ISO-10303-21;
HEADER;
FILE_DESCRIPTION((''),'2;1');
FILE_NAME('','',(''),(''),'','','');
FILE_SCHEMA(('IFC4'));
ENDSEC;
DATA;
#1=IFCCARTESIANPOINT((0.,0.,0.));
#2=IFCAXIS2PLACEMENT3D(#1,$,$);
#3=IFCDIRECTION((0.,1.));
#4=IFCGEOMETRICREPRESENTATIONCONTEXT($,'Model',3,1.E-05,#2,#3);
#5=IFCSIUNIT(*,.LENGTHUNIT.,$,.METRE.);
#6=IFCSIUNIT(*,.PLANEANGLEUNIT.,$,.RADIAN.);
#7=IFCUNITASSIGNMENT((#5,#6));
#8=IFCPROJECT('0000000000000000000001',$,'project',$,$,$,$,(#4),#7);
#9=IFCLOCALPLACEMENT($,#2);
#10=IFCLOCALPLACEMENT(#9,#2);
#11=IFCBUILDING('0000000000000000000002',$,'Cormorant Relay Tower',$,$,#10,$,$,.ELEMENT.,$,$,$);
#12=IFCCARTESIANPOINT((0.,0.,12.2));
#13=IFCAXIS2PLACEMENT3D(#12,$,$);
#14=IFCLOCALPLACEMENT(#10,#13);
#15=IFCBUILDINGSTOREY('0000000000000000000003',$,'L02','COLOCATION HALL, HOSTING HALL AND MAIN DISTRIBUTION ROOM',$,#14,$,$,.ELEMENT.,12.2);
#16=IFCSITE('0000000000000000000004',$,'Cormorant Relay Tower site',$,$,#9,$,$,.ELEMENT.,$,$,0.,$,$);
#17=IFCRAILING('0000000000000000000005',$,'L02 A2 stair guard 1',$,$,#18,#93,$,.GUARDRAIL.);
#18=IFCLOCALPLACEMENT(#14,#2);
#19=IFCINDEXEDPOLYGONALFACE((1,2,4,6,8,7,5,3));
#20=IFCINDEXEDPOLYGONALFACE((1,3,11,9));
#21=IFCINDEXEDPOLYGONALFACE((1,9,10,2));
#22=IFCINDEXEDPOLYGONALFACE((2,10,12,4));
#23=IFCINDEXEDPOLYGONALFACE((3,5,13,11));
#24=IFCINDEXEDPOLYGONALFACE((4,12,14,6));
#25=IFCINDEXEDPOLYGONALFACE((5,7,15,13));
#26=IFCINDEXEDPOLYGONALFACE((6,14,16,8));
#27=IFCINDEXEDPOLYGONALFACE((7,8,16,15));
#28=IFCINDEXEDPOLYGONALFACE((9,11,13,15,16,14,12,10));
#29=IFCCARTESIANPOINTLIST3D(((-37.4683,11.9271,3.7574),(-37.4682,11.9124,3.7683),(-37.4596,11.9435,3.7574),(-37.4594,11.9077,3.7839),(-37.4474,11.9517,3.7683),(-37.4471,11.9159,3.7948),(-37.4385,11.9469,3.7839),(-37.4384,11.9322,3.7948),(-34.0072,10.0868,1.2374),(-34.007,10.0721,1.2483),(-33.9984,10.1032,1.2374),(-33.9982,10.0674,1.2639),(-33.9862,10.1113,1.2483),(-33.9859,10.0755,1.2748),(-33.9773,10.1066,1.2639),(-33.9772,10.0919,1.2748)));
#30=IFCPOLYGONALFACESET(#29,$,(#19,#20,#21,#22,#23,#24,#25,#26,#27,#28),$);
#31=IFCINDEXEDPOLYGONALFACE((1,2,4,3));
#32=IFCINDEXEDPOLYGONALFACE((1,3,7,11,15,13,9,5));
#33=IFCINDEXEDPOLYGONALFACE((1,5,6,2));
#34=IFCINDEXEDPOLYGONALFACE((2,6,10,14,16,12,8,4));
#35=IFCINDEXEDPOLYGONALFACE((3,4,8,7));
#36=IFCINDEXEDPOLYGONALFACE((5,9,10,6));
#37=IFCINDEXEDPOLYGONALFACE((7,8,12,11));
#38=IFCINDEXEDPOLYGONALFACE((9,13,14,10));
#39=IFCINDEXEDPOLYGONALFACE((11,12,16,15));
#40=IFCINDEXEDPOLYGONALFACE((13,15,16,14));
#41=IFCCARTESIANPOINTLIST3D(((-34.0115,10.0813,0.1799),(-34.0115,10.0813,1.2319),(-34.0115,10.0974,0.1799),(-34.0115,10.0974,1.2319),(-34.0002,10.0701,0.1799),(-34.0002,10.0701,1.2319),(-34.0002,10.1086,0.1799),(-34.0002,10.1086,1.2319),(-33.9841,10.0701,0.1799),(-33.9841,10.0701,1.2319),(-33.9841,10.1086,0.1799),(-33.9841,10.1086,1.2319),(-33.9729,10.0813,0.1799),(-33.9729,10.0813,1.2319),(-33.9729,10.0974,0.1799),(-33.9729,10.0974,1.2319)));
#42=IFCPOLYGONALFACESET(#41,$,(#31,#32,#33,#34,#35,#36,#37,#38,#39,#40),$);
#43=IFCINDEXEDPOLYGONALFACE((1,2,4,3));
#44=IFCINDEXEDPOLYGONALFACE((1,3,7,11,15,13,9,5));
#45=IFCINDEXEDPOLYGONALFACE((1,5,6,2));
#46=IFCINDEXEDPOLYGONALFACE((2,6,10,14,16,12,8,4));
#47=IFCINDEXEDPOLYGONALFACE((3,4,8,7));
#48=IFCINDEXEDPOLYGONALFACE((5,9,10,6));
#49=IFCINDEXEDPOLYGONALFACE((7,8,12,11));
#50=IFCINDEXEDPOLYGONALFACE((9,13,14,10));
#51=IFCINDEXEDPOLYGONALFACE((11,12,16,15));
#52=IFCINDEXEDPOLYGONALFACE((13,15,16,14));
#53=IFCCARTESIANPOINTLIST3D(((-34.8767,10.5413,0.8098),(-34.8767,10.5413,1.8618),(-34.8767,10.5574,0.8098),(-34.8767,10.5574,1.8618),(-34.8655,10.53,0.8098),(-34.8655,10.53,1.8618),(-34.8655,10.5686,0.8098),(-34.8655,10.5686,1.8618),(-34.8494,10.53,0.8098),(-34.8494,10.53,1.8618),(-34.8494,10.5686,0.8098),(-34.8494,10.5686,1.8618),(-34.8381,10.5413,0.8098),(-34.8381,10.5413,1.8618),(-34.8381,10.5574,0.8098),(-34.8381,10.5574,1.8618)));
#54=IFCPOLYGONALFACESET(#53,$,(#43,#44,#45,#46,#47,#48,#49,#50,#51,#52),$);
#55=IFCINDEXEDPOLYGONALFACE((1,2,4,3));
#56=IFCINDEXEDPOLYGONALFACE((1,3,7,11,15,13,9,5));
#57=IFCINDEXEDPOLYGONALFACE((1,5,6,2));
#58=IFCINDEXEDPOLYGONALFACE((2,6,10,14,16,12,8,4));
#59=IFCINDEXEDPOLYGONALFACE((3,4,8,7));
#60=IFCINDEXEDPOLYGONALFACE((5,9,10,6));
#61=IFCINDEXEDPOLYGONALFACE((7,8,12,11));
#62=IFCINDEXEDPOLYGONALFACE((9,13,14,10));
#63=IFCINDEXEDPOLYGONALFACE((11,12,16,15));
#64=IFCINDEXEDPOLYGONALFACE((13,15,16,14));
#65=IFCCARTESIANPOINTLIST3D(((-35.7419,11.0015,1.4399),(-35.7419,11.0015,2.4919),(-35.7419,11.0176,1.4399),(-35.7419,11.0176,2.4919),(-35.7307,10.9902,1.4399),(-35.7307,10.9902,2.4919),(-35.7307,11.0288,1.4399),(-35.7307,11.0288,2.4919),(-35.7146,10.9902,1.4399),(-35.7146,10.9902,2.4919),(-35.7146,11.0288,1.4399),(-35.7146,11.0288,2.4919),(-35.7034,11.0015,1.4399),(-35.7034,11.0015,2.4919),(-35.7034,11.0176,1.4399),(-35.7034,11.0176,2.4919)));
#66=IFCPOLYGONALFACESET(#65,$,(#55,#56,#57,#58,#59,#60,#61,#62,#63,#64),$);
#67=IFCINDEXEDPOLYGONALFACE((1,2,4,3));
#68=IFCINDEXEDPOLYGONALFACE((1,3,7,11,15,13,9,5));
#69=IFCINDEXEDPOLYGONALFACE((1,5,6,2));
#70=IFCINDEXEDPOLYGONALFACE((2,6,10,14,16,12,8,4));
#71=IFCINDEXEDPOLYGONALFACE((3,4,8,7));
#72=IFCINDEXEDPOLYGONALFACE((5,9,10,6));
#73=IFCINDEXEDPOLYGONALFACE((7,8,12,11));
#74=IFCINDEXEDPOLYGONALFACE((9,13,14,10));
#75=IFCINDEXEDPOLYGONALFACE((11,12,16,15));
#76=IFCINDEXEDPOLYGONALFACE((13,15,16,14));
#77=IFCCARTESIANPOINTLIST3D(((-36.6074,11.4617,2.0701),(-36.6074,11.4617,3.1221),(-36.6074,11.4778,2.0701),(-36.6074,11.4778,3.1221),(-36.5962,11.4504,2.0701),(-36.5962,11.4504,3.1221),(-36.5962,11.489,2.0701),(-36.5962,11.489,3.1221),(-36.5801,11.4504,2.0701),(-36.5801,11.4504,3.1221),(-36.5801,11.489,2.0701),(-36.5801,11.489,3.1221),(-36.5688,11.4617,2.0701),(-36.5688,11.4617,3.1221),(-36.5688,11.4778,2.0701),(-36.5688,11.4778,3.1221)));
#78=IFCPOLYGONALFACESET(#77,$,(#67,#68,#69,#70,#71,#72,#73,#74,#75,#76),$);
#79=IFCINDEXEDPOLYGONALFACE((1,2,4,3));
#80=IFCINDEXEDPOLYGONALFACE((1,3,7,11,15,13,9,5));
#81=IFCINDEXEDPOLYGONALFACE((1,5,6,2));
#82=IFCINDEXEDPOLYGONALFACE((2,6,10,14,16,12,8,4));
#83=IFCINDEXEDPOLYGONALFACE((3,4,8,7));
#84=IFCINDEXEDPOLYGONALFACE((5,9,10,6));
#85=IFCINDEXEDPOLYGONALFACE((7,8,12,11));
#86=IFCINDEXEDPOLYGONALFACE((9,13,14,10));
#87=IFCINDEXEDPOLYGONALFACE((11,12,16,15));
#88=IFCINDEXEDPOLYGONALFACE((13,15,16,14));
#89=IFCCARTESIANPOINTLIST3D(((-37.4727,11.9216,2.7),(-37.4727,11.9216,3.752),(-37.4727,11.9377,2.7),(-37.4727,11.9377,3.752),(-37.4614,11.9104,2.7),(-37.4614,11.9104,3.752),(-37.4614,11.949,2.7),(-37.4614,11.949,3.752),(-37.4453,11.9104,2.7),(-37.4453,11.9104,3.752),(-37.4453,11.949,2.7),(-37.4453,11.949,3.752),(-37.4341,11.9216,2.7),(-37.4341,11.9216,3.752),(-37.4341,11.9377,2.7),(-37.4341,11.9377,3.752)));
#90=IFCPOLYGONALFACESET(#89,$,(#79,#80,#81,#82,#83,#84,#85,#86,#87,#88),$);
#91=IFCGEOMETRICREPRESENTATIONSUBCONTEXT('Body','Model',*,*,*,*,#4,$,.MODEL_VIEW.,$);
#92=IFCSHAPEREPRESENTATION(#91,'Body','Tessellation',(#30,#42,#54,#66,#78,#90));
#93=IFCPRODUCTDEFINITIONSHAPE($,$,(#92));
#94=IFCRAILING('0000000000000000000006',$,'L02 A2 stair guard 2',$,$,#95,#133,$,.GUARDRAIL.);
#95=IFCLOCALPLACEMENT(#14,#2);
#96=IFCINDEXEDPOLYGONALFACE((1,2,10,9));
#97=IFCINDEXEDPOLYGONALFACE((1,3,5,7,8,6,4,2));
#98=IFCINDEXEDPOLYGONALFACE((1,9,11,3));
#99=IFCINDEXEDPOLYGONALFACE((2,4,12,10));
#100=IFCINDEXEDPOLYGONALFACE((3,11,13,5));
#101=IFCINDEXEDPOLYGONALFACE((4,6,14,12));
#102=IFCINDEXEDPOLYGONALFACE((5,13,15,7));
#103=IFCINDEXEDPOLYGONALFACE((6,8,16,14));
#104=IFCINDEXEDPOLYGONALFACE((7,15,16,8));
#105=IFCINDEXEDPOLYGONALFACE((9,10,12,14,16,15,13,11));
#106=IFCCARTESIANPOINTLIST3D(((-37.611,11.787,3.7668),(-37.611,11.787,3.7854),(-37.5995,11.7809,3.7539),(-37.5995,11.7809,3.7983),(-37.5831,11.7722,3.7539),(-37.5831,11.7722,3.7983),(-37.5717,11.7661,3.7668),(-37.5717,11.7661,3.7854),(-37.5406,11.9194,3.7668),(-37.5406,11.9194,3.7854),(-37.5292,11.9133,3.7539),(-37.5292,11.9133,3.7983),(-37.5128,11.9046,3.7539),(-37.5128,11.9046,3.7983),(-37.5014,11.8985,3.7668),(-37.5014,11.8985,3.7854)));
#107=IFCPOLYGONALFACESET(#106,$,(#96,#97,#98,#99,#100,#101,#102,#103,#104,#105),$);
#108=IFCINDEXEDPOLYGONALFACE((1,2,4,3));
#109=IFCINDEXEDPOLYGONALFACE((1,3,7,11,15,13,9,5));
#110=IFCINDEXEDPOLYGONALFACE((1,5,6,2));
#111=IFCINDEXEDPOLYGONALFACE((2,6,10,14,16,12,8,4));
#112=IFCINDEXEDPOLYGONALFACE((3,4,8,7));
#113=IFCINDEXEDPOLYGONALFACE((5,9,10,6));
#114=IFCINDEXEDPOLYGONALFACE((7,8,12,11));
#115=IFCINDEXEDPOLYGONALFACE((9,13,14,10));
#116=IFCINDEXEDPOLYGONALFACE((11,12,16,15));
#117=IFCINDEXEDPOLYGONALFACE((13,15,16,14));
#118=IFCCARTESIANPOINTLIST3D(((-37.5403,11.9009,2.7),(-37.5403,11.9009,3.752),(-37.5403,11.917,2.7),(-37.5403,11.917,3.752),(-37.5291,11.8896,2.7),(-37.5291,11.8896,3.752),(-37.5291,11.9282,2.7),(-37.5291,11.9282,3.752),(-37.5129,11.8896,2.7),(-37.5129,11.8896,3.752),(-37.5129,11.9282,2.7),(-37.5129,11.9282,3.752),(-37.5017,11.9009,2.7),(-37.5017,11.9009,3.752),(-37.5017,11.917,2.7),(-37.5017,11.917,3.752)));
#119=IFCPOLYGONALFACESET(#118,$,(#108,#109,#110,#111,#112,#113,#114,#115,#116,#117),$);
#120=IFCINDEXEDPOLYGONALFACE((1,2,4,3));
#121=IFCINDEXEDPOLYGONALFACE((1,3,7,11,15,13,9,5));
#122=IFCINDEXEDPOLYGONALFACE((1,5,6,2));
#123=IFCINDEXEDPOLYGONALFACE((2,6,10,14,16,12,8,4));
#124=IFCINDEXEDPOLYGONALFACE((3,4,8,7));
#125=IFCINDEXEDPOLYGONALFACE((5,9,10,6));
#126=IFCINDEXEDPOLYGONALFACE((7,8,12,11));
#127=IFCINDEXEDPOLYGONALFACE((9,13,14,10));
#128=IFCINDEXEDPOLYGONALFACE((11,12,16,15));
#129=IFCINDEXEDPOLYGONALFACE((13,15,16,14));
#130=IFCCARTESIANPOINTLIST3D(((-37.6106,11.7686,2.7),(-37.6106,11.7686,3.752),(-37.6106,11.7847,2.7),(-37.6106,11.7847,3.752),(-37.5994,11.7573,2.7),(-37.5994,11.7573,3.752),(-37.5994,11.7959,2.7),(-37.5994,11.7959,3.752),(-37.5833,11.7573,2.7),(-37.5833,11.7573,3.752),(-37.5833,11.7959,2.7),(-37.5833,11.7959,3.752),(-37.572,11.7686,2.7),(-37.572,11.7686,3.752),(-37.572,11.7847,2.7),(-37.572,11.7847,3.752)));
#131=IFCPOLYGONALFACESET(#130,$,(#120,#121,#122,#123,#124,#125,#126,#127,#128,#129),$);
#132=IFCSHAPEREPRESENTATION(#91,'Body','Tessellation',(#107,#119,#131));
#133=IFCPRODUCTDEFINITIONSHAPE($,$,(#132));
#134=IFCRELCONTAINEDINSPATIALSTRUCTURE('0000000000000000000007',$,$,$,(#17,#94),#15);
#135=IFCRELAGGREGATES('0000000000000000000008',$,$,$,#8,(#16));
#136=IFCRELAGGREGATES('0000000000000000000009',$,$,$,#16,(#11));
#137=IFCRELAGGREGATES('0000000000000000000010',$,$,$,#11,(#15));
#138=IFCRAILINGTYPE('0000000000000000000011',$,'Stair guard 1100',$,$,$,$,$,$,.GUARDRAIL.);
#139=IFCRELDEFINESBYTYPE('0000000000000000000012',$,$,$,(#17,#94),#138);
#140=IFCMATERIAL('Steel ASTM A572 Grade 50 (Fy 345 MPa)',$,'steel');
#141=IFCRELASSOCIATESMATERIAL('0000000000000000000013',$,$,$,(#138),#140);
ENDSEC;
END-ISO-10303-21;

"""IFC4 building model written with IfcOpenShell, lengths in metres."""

from ifc_helpers import new_model, si_unit, direction, frame, origin, place, context, subcontext, project, spatial, polyline, outline, extrude, material, type_object, element, save


model = new_model("IFC4")

# Units and contexts
model_context = context("Model", 3, precision=1e-05, world=origin(), true_north=direction((0.0, 1.0)))
body_context = subcontext(model_context, "Body", "Model", "MODEL_VIEW")
ifc_project = project(units=[si_unit("LENGTHUNIT", "METRE"), si_unit("PLANEANGLEUNIT", "RADIAN")], contexts=[model_context])

# Site, building, storey
site_placement = place(None, origin())
site = spatial("IfcSite", under=ifc_project, at=site_placement, Name="Cormorant Relay Tower site", CompositionType="ELEMENT", RefElevation=0.0)
building_placement = place(site_placement, origin())
building = spatial("IfcBuilding", under=site, at=building_placement, Name="Cormorant Relay Tower", CompositionType="ELEMENT")
storey_placement = place(building_placement, frame((0.0, 0.0, 12.2)))
storey = spatial("IfcBuildingStorey", under=building, at=storey_placement, Name="L02", Description="COLOCATION HALL, HOSTING HALL AND MAIN DISTRIBUTION ROOM", CompositionType="ELEMENT", Elevation=12.2)

# Railings
ifc_material_1 = material(Name="Steel ASTM A572 Grade 50 (Fy 345 MPa)", Category="steel")
railing_type_1 = type_object("IfcRailingType", Name="Stair guard 1100", PredefinedType="GUARDRAIL", material=ifc_material_1)
railing_1_placement = place(storey_placement, frame((-33.9922, 10.0894, 0.1799)))
element("IfcRailing", 1, at=railing_1_placement, inside=storey, type_object=railing_type_1, Name="L02 A2 stair guard 1", PredefinedType="GUARDRAIL", context=body_context, shape_type="SweptSolid", body=[
    extrude(outline(polyline([(0.0222, 0.0093), (0.0093, 0.0222), (-0.0093, 0.0222), (-0.0222, 0.0093), (-0.0222, -0.0093), (-0.0093, -0.0222), (0.0093, -0.0222), (0.0222, -0.0093), (0.0222, 0.0093)])), frame((0.0, 0.0, 1.0762), z_axis=(-0.742717, 0.394907, 0.540758), x_axis=(-0.469469, -0.882949, 0.0)), (0.0, 0.0, 1.0), 4.6602),
    extrude(outline(polyline([(0.0193, 0.0081), (0.0081, 0.0193), (-0.0081, 0.0193), (-0.0193, 0.0081), (-0.0193, -0.0081), (-0.0081, -0.0193), (0.0081, -0.0193), (0.0193, -0.0081), (0.0193, 0.0081)])), origin(), (0.0, 0.0, 1.0), 1.052),
    extrude(outline(polyline([(0.0193, 0.0081), (0.0081, 0.0193), (-0.0081, 0.0193), (-0.0193, 0.0081), (-0.0193, -0.0081), (-0.0081, -0.0193), (0.0081, -0.0193), (0.0193, -0.0081), (0.0193, 0.0081)])), frame((-0.8652, 0.46, 0.6299)), (0.0, 0.0, 1.0), 1.052),
    extrude(outline(polyline([(0.0193, 0.0081), (0.0081, 0.0193), (-0.0081, 0.0193), (-0.0193, 0.0081), (-0.0193, -0.0081), (-0.0081, -0.0193), (0.0081, -0.0193), (0.0193, -0.0081), (0.0193, 0.0081)])), frame((-1.7305, 0.9202, 1.26)), (0.0, 0.0, 1.0), 1.052),
    extrude(outline(polyline([(0.0193, 0.0081), (0.0081, 0.0193), (-0.0081, 0.0193), (-0.0193, 0.0081), (-0.0193, -0.0081), (-0.0081, -0.0193), (0.0081, -0.0193), (0.0193, -0.0081), (0.0193, 0.0081)])), frame((-2.5959, 1.3804, 1.8901)), (0.0, 0.0, 1.0), 1.052),
    extrude(outline(polyline([(0.0193, 0.0081), (0.0081, 0.0193), (-0.0081, 0.0193), (-0.0193, 0.0081), (-0.0193, -0.0081), (-0.0081, -0.0193), (0.0081, -0.0193), (0.0193, -0.0081), (0.0193, 0.0081)])), frame((-3.4612, 1.8403, 2.52)), (0.0, 0.0, 1.0), 1.052),
])
railing_2_placement = place(storey_placement, frame((-37.521, 11.9089, 2.7)))
element("IfcRailing", 2, at=railing_2_placement, inside=storey, type_object=railing_type_1, Name="L02 A2 stair guard 2", PredefinedType="GUARDRAIL", context=body_context, shape_type="SweptSolid", body=[
    extrude(outline(polyline([(0.0222, 0.0093), (0.0093, 0.0222), (-0.0093, 0.0222), (-0.0222, 0.0093), (-0.0222, -0.0093), (-0.0093, -0.0222), (0.0093, -0.0222), (0.0222, -0.0093), (0.0222, 0.0093)])), frame((0.0, 0.0, 1.0762), z_axis=(-0.469235, -0.883074, 0.0), x_axis=(0.883074, -0.469235, 0.0)), (0.0, 0.0, 1.0), 0.1499),
    extrude(outline(polyline([(0.0193, 0.0081), (0.0081, 0.0193), (-0.0081, 0.0193), (-0.0193, 0.0081), (-0.0193, -0.0081), (-0.0081, -0.0193), (0.0081, -0.0193), (0.0193, -0.0081), (0.0193, 0.0081)])), origin(), (0.0, 0.0, 1.0), 1.052),
    extrude(outline(polyline([(0.0193, 0.0081), (0.0081, 0.0193), (-0.0081, 0.0193), (-0.0193, 0.0081), (-0.0193, -0.0081), (-0.0081, -0.0193), (0.0081, -0.0193), (0.0193, -0.0081), (0.0193, 0.0081)])), frame((-0.0703, -0.1323, 0.0)), (0.0, 0.0, 1.0), 1.052),
])

save(model, "model.ifc")
